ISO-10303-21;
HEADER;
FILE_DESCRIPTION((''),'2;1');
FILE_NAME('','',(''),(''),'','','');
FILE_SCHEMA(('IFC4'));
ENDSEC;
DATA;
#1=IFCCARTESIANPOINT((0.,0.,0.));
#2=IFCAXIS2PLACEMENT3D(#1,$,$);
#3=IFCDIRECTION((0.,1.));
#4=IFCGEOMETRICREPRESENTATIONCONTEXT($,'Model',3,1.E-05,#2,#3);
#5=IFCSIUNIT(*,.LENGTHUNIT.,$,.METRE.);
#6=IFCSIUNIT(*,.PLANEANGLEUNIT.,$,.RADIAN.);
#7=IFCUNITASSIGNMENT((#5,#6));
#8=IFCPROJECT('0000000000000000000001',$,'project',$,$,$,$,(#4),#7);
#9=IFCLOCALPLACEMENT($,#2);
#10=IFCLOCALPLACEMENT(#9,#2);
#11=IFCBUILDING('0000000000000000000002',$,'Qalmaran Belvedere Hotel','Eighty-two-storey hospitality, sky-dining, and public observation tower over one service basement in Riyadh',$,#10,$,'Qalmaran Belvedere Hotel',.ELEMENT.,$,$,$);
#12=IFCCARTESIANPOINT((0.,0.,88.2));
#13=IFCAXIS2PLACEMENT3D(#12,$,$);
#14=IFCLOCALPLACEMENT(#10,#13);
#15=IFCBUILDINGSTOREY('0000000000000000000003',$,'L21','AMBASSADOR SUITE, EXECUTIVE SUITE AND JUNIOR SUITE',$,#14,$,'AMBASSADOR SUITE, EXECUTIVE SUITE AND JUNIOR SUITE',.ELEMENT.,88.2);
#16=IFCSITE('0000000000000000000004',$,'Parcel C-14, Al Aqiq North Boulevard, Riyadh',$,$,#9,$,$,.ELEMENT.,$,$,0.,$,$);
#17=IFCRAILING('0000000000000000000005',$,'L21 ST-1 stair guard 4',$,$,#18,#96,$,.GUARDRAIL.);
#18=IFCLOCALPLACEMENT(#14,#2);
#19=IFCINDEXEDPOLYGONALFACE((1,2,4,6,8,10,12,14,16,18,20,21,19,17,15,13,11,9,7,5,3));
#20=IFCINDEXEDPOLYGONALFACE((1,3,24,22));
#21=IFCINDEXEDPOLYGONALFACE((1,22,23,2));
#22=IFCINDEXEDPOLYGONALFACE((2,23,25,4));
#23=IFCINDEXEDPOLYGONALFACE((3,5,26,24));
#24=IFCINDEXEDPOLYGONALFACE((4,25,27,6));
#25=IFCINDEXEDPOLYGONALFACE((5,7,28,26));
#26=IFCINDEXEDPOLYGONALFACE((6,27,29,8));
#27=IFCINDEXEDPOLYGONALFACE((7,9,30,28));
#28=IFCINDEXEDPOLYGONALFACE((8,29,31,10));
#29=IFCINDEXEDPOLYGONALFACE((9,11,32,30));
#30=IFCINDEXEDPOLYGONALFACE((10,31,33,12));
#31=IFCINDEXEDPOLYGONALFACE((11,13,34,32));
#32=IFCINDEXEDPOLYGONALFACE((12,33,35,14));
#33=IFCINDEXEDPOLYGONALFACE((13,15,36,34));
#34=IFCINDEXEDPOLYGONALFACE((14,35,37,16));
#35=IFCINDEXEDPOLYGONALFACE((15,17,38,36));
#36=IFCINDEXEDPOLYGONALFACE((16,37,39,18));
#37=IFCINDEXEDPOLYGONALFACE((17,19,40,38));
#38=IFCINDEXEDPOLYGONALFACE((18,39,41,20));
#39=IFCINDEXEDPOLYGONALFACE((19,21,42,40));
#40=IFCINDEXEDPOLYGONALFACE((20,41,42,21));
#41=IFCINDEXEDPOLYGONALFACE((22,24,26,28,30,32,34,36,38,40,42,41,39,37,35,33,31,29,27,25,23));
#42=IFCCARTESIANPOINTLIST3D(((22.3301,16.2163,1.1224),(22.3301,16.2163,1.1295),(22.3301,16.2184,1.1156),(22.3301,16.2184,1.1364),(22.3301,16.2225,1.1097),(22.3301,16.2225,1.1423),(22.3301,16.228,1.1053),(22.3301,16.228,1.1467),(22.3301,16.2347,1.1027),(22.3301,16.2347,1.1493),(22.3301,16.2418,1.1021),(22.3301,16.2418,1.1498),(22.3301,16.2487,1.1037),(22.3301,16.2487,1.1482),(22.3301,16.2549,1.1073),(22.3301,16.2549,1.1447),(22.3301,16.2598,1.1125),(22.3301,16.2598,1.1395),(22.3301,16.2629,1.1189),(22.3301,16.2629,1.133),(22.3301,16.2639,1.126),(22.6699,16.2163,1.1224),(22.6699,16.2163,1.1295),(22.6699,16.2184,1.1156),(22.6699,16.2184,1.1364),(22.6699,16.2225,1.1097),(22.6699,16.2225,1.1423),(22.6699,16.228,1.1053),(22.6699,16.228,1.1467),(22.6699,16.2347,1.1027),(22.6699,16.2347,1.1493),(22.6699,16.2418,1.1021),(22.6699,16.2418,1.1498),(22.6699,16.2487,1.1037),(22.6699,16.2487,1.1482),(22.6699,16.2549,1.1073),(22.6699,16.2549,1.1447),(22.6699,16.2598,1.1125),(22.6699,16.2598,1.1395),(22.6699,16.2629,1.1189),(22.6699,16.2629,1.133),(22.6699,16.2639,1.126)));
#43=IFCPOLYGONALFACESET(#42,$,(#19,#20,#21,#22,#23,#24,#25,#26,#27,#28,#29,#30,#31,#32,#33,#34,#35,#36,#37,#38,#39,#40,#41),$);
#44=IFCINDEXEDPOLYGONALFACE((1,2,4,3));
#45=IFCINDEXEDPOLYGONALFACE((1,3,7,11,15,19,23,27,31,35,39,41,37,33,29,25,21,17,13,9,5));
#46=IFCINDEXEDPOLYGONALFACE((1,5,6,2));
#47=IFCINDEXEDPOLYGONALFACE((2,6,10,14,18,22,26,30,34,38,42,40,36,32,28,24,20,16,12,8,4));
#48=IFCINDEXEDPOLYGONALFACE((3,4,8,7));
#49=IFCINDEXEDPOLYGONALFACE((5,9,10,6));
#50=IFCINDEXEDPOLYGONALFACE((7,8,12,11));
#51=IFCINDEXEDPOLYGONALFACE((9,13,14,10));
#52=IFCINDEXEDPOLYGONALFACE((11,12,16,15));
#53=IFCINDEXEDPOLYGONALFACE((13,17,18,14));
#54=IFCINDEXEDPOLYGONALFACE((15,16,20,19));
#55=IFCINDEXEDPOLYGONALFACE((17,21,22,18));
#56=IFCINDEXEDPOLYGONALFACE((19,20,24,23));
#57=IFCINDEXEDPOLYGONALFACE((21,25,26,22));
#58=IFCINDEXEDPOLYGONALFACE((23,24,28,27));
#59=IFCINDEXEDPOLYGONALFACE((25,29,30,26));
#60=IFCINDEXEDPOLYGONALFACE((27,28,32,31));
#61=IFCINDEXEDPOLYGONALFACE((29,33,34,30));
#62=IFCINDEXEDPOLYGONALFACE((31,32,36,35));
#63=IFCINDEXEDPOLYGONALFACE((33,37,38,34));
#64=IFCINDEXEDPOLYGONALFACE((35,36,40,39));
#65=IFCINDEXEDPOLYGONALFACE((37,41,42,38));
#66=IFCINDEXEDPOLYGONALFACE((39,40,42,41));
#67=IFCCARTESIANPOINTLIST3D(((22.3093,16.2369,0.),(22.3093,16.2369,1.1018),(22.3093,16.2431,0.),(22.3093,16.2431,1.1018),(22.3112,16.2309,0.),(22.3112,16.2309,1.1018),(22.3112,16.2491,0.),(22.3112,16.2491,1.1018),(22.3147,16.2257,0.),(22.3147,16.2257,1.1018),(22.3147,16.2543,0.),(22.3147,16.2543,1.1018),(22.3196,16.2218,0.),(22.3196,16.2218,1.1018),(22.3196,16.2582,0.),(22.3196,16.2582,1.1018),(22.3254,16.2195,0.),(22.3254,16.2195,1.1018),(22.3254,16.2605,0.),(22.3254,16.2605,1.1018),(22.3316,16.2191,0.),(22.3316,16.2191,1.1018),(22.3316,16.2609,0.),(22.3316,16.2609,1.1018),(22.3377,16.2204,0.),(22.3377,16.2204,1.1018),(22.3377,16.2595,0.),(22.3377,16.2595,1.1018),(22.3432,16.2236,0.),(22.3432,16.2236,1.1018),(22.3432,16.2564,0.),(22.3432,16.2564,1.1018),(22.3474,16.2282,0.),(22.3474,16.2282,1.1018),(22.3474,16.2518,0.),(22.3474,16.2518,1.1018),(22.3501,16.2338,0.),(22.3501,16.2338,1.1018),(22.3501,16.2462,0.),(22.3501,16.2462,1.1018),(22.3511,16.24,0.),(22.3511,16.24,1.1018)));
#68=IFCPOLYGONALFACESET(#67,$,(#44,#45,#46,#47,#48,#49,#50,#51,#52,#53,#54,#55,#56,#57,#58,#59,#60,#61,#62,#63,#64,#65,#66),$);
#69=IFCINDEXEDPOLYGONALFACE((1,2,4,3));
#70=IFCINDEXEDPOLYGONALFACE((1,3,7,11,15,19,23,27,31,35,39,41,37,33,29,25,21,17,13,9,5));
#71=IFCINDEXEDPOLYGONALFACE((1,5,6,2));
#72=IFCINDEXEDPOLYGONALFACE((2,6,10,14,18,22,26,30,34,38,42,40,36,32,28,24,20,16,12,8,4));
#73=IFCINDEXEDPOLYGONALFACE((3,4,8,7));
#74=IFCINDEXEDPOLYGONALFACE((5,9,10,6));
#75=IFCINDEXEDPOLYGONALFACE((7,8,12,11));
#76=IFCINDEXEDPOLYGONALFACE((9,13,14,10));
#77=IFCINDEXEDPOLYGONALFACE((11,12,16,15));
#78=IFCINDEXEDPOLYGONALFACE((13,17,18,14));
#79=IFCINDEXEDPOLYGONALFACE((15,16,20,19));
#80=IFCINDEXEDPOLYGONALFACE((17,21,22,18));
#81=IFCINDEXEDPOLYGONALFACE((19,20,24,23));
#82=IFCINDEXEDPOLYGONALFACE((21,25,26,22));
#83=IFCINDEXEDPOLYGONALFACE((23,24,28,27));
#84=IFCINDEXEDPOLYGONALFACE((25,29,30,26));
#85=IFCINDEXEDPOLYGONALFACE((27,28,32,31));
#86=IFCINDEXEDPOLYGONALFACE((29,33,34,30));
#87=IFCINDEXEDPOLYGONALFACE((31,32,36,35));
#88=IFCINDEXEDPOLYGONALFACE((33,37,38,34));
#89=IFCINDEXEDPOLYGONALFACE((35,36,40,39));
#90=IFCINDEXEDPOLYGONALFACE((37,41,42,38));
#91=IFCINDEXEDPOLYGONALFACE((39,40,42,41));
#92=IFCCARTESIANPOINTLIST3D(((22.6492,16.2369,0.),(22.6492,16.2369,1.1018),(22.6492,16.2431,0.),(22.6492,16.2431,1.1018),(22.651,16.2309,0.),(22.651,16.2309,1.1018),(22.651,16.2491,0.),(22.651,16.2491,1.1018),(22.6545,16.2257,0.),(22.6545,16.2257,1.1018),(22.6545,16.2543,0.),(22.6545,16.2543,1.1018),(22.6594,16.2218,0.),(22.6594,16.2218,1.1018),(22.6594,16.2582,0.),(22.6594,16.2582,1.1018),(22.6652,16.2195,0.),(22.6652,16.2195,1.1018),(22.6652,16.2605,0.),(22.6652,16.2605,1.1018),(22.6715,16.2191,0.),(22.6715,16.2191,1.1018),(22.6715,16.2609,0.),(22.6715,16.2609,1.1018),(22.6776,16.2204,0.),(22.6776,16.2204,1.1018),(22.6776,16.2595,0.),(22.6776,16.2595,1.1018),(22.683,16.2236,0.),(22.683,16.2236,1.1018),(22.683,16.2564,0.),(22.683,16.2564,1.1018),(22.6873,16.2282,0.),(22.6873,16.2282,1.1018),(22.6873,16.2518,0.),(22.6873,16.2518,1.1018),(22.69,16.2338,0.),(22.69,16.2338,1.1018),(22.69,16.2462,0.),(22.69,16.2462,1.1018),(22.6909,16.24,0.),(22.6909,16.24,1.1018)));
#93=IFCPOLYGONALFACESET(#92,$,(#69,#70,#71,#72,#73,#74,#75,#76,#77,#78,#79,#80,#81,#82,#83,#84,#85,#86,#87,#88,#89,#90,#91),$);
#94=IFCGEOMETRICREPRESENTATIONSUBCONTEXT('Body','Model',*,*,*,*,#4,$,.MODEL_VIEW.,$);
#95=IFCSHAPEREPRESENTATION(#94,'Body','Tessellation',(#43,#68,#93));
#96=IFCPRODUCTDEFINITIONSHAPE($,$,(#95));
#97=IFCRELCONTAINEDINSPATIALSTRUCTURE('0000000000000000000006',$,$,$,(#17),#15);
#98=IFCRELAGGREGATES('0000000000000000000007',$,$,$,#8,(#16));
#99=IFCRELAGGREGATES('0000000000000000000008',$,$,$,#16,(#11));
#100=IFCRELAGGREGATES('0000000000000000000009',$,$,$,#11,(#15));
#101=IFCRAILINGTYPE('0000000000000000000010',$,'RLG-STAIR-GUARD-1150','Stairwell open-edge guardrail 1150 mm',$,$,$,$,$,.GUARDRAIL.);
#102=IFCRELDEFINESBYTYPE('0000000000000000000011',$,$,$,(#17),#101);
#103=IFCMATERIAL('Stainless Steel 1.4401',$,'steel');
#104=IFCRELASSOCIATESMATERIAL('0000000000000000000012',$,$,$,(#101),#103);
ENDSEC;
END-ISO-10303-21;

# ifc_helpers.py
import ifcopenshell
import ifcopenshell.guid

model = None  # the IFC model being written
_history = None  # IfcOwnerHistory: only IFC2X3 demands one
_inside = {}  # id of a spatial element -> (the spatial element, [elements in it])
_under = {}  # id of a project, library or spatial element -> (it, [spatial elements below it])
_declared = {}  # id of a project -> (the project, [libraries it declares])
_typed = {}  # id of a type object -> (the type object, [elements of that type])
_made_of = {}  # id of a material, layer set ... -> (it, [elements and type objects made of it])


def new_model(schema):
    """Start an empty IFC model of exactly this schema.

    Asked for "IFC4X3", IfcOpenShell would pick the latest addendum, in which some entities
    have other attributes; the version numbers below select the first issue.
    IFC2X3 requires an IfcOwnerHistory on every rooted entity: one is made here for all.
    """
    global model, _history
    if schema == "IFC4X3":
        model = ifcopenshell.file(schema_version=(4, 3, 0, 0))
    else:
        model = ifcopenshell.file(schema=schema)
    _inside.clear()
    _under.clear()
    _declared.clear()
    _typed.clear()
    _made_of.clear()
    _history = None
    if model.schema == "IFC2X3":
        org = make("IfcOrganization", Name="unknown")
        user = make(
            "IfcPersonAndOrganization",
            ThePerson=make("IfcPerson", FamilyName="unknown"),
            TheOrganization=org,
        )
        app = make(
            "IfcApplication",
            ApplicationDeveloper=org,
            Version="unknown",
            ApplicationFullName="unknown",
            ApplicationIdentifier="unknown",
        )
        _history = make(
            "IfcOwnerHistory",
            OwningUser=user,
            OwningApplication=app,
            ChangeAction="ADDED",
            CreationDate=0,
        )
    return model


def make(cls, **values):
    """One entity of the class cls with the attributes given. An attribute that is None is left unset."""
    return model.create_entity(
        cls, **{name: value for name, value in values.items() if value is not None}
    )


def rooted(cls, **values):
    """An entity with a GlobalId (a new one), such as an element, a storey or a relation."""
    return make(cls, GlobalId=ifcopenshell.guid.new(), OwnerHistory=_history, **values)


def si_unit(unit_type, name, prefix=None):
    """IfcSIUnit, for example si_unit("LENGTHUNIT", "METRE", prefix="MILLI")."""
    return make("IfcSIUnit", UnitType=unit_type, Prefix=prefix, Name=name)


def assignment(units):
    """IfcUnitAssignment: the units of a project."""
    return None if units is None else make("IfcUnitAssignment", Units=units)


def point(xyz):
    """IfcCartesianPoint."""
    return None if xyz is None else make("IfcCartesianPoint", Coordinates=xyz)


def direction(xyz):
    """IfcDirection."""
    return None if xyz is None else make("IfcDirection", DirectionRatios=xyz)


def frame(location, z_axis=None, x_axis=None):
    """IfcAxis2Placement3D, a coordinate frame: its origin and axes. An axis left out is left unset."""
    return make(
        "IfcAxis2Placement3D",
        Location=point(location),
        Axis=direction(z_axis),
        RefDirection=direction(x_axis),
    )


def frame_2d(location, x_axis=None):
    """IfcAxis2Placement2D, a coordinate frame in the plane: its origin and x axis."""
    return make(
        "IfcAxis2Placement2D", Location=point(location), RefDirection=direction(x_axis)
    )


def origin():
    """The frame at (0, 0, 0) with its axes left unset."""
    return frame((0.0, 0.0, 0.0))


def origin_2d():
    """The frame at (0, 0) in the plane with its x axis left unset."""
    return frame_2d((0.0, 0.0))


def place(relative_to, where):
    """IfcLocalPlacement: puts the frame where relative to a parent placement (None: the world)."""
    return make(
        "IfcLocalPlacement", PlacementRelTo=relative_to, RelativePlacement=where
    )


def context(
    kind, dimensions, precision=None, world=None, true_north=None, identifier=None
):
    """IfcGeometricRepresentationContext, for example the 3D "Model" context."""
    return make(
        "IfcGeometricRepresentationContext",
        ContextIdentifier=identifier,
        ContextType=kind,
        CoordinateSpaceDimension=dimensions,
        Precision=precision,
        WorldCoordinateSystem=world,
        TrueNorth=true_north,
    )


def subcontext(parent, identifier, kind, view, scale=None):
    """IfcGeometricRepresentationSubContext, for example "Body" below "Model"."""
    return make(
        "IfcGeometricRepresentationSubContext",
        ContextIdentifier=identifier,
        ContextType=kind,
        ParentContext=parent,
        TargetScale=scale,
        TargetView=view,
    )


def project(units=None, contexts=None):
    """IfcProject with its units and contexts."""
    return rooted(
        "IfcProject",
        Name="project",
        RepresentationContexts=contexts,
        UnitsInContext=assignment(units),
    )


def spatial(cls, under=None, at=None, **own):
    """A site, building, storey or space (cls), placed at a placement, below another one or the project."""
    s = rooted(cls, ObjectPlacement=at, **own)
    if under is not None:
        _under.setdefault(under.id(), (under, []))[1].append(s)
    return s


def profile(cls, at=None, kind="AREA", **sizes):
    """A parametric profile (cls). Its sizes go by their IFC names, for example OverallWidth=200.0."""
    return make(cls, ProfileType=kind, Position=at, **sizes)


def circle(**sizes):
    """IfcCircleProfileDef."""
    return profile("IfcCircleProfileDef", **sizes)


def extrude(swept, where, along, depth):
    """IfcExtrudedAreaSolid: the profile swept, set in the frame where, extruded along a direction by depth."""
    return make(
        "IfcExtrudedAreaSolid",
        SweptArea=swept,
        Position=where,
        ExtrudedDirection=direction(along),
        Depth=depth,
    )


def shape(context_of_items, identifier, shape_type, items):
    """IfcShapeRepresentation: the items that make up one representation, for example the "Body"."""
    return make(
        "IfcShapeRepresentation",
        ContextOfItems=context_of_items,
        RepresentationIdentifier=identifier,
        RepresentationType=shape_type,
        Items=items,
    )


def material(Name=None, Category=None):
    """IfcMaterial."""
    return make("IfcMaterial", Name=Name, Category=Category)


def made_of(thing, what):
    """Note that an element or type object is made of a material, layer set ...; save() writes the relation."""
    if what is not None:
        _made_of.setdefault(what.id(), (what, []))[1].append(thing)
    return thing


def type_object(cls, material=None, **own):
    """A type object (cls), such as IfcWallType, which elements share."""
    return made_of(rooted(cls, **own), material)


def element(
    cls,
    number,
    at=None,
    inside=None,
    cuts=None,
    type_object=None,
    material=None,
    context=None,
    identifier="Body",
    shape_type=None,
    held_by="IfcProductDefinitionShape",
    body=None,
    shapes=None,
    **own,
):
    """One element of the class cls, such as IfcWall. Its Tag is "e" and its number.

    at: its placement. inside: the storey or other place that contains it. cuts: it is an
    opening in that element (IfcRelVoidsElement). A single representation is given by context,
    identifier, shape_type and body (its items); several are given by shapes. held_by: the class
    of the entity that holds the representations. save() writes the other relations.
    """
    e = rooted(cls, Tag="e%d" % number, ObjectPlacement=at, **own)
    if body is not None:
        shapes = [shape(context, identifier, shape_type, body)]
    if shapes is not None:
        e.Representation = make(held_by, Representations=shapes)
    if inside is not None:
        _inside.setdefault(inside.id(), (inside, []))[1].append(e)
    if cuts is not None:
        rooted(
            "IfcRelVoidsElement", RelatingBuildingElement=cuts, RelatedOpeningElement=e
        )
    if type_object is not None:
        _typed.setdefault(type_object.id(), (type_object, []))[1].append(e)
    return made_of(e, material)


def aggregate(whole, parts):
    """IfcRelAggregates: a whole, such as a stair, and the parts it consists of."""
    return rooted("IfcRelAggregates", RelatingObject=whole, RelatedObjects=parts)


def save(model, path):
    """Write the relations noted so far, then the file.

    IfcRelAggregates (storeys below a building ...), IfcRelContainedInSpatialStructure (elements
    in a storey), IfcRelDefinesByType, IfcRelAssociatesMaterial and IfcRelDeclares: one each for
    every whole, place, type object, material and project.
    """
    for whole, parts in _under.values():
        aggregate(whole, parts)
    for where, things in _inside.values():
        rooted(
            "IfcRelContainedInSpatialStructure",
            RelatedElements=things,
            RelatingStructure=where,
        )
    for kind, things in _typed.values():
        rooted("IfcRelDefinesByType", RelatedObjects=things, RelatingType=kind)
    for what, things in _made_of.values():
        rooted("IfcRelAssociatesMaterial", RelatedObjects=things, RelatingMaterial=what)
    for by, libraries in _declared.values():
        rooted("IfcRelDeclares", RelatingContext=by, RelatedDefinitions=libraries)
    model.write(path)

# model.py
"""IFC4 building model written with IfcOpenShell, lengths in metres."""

from ifc_helpers import new_model, si_unit, direction, frame, origin, origin_2d, place, context, subcontext, project, spatial, circle, extrude, material, type_object, element, save


model = new_model("IFC4")

# Units and contexts
model_context = context("Model", 3, precision=1e-05, world=origin(), true_north=direction((0.0, 1.0)))
body_context = subcontext(model_context, "Body", "Model", "MODEL_VIEW")
ifc_project = project(units=[si_unit("LENGTHUNIT", "METRE"), si_unit("PLANEANGLEUNIT", "RADIAN")], contexts=[model_context])

# Site, building, storey
site_placement = place(None, origin())
site = spatial("IfcSite", under=ifc_project, at=site_placement, Name="Parcel C-14, Al Aqiq North Boulevard, Riyadh", CompositionType="ELEMENT", RefElevation=0.0)
building_placement = place(site_placement, origin())
building = spatial("IfcBuilding", under=site, at=building_placement, Name="Qalmaran Belvedere Hotel", Description="Eighty-two-storey hospitality, sky-dining, and public observation tower over one service basement in Riyadh", LongName="Qalmaran Belvedere Hotel", CompositionType="ELEMENT")
storey_placement = place(building_placement, frame((0.0, 0.0, 88.2)))
storey = spatial("IfcBuildingStorey", under=building, at=storey_placement, Name="L21", Description="AMBASSADOR SUITE, EXECUTIVE SUITE AND JUNIOR SUITE", LongName="AMBASSADOR SUITE, EXECUTIVE SUITE AND JUNIOR SUITE", CompositionType="ELEMENT", Elevation=88.2)

# Shared definitions
ifc_material_1 = material(Name="Stainless Steel 1.4401", Category="steel")

# Railing
railing_type_1 = type_object("IfcRailingType", Name="RLG-STAIR-GUARD-1150", Description="Stairwell open-edge guardrail 1150 mm", PredefinedType="GUARDRAIL", material=ifc_material_1)
railing_1_placement = place(storey_placement, frame((22.3301, 16.24, 0.0)))
element("IfcRailing", 1, at=railing_1_placement, inside=storey, type_object=railing_type_1, Name="L21 ST-1 stair guard 4", PredefinedType="GUARDRAIL", context=body_context, shape_type="SweptSolid", body=[
    extrude(circle(Radius=0.0239, at=origin_2d()), frame((0.0, 0.0, 1.126), z_axis=(1.0, 0.0, 0.0), x_axis=(0.0, 1.0, 0.0)), (0.0, 0.0, 1.0), 0.3398),
    extrude(circle(Radius=0.021, at=origin_2d()), origin(), (0.0, 0.0, 1.0), 1.1018),
    extrude(circle(Radius=0.021, at=origin_2d()), frame((0.3398, 0.0, 0.0)), (0.0, 0.0, 1.0), 1.1018),
])

save(model, "model.ifc")
